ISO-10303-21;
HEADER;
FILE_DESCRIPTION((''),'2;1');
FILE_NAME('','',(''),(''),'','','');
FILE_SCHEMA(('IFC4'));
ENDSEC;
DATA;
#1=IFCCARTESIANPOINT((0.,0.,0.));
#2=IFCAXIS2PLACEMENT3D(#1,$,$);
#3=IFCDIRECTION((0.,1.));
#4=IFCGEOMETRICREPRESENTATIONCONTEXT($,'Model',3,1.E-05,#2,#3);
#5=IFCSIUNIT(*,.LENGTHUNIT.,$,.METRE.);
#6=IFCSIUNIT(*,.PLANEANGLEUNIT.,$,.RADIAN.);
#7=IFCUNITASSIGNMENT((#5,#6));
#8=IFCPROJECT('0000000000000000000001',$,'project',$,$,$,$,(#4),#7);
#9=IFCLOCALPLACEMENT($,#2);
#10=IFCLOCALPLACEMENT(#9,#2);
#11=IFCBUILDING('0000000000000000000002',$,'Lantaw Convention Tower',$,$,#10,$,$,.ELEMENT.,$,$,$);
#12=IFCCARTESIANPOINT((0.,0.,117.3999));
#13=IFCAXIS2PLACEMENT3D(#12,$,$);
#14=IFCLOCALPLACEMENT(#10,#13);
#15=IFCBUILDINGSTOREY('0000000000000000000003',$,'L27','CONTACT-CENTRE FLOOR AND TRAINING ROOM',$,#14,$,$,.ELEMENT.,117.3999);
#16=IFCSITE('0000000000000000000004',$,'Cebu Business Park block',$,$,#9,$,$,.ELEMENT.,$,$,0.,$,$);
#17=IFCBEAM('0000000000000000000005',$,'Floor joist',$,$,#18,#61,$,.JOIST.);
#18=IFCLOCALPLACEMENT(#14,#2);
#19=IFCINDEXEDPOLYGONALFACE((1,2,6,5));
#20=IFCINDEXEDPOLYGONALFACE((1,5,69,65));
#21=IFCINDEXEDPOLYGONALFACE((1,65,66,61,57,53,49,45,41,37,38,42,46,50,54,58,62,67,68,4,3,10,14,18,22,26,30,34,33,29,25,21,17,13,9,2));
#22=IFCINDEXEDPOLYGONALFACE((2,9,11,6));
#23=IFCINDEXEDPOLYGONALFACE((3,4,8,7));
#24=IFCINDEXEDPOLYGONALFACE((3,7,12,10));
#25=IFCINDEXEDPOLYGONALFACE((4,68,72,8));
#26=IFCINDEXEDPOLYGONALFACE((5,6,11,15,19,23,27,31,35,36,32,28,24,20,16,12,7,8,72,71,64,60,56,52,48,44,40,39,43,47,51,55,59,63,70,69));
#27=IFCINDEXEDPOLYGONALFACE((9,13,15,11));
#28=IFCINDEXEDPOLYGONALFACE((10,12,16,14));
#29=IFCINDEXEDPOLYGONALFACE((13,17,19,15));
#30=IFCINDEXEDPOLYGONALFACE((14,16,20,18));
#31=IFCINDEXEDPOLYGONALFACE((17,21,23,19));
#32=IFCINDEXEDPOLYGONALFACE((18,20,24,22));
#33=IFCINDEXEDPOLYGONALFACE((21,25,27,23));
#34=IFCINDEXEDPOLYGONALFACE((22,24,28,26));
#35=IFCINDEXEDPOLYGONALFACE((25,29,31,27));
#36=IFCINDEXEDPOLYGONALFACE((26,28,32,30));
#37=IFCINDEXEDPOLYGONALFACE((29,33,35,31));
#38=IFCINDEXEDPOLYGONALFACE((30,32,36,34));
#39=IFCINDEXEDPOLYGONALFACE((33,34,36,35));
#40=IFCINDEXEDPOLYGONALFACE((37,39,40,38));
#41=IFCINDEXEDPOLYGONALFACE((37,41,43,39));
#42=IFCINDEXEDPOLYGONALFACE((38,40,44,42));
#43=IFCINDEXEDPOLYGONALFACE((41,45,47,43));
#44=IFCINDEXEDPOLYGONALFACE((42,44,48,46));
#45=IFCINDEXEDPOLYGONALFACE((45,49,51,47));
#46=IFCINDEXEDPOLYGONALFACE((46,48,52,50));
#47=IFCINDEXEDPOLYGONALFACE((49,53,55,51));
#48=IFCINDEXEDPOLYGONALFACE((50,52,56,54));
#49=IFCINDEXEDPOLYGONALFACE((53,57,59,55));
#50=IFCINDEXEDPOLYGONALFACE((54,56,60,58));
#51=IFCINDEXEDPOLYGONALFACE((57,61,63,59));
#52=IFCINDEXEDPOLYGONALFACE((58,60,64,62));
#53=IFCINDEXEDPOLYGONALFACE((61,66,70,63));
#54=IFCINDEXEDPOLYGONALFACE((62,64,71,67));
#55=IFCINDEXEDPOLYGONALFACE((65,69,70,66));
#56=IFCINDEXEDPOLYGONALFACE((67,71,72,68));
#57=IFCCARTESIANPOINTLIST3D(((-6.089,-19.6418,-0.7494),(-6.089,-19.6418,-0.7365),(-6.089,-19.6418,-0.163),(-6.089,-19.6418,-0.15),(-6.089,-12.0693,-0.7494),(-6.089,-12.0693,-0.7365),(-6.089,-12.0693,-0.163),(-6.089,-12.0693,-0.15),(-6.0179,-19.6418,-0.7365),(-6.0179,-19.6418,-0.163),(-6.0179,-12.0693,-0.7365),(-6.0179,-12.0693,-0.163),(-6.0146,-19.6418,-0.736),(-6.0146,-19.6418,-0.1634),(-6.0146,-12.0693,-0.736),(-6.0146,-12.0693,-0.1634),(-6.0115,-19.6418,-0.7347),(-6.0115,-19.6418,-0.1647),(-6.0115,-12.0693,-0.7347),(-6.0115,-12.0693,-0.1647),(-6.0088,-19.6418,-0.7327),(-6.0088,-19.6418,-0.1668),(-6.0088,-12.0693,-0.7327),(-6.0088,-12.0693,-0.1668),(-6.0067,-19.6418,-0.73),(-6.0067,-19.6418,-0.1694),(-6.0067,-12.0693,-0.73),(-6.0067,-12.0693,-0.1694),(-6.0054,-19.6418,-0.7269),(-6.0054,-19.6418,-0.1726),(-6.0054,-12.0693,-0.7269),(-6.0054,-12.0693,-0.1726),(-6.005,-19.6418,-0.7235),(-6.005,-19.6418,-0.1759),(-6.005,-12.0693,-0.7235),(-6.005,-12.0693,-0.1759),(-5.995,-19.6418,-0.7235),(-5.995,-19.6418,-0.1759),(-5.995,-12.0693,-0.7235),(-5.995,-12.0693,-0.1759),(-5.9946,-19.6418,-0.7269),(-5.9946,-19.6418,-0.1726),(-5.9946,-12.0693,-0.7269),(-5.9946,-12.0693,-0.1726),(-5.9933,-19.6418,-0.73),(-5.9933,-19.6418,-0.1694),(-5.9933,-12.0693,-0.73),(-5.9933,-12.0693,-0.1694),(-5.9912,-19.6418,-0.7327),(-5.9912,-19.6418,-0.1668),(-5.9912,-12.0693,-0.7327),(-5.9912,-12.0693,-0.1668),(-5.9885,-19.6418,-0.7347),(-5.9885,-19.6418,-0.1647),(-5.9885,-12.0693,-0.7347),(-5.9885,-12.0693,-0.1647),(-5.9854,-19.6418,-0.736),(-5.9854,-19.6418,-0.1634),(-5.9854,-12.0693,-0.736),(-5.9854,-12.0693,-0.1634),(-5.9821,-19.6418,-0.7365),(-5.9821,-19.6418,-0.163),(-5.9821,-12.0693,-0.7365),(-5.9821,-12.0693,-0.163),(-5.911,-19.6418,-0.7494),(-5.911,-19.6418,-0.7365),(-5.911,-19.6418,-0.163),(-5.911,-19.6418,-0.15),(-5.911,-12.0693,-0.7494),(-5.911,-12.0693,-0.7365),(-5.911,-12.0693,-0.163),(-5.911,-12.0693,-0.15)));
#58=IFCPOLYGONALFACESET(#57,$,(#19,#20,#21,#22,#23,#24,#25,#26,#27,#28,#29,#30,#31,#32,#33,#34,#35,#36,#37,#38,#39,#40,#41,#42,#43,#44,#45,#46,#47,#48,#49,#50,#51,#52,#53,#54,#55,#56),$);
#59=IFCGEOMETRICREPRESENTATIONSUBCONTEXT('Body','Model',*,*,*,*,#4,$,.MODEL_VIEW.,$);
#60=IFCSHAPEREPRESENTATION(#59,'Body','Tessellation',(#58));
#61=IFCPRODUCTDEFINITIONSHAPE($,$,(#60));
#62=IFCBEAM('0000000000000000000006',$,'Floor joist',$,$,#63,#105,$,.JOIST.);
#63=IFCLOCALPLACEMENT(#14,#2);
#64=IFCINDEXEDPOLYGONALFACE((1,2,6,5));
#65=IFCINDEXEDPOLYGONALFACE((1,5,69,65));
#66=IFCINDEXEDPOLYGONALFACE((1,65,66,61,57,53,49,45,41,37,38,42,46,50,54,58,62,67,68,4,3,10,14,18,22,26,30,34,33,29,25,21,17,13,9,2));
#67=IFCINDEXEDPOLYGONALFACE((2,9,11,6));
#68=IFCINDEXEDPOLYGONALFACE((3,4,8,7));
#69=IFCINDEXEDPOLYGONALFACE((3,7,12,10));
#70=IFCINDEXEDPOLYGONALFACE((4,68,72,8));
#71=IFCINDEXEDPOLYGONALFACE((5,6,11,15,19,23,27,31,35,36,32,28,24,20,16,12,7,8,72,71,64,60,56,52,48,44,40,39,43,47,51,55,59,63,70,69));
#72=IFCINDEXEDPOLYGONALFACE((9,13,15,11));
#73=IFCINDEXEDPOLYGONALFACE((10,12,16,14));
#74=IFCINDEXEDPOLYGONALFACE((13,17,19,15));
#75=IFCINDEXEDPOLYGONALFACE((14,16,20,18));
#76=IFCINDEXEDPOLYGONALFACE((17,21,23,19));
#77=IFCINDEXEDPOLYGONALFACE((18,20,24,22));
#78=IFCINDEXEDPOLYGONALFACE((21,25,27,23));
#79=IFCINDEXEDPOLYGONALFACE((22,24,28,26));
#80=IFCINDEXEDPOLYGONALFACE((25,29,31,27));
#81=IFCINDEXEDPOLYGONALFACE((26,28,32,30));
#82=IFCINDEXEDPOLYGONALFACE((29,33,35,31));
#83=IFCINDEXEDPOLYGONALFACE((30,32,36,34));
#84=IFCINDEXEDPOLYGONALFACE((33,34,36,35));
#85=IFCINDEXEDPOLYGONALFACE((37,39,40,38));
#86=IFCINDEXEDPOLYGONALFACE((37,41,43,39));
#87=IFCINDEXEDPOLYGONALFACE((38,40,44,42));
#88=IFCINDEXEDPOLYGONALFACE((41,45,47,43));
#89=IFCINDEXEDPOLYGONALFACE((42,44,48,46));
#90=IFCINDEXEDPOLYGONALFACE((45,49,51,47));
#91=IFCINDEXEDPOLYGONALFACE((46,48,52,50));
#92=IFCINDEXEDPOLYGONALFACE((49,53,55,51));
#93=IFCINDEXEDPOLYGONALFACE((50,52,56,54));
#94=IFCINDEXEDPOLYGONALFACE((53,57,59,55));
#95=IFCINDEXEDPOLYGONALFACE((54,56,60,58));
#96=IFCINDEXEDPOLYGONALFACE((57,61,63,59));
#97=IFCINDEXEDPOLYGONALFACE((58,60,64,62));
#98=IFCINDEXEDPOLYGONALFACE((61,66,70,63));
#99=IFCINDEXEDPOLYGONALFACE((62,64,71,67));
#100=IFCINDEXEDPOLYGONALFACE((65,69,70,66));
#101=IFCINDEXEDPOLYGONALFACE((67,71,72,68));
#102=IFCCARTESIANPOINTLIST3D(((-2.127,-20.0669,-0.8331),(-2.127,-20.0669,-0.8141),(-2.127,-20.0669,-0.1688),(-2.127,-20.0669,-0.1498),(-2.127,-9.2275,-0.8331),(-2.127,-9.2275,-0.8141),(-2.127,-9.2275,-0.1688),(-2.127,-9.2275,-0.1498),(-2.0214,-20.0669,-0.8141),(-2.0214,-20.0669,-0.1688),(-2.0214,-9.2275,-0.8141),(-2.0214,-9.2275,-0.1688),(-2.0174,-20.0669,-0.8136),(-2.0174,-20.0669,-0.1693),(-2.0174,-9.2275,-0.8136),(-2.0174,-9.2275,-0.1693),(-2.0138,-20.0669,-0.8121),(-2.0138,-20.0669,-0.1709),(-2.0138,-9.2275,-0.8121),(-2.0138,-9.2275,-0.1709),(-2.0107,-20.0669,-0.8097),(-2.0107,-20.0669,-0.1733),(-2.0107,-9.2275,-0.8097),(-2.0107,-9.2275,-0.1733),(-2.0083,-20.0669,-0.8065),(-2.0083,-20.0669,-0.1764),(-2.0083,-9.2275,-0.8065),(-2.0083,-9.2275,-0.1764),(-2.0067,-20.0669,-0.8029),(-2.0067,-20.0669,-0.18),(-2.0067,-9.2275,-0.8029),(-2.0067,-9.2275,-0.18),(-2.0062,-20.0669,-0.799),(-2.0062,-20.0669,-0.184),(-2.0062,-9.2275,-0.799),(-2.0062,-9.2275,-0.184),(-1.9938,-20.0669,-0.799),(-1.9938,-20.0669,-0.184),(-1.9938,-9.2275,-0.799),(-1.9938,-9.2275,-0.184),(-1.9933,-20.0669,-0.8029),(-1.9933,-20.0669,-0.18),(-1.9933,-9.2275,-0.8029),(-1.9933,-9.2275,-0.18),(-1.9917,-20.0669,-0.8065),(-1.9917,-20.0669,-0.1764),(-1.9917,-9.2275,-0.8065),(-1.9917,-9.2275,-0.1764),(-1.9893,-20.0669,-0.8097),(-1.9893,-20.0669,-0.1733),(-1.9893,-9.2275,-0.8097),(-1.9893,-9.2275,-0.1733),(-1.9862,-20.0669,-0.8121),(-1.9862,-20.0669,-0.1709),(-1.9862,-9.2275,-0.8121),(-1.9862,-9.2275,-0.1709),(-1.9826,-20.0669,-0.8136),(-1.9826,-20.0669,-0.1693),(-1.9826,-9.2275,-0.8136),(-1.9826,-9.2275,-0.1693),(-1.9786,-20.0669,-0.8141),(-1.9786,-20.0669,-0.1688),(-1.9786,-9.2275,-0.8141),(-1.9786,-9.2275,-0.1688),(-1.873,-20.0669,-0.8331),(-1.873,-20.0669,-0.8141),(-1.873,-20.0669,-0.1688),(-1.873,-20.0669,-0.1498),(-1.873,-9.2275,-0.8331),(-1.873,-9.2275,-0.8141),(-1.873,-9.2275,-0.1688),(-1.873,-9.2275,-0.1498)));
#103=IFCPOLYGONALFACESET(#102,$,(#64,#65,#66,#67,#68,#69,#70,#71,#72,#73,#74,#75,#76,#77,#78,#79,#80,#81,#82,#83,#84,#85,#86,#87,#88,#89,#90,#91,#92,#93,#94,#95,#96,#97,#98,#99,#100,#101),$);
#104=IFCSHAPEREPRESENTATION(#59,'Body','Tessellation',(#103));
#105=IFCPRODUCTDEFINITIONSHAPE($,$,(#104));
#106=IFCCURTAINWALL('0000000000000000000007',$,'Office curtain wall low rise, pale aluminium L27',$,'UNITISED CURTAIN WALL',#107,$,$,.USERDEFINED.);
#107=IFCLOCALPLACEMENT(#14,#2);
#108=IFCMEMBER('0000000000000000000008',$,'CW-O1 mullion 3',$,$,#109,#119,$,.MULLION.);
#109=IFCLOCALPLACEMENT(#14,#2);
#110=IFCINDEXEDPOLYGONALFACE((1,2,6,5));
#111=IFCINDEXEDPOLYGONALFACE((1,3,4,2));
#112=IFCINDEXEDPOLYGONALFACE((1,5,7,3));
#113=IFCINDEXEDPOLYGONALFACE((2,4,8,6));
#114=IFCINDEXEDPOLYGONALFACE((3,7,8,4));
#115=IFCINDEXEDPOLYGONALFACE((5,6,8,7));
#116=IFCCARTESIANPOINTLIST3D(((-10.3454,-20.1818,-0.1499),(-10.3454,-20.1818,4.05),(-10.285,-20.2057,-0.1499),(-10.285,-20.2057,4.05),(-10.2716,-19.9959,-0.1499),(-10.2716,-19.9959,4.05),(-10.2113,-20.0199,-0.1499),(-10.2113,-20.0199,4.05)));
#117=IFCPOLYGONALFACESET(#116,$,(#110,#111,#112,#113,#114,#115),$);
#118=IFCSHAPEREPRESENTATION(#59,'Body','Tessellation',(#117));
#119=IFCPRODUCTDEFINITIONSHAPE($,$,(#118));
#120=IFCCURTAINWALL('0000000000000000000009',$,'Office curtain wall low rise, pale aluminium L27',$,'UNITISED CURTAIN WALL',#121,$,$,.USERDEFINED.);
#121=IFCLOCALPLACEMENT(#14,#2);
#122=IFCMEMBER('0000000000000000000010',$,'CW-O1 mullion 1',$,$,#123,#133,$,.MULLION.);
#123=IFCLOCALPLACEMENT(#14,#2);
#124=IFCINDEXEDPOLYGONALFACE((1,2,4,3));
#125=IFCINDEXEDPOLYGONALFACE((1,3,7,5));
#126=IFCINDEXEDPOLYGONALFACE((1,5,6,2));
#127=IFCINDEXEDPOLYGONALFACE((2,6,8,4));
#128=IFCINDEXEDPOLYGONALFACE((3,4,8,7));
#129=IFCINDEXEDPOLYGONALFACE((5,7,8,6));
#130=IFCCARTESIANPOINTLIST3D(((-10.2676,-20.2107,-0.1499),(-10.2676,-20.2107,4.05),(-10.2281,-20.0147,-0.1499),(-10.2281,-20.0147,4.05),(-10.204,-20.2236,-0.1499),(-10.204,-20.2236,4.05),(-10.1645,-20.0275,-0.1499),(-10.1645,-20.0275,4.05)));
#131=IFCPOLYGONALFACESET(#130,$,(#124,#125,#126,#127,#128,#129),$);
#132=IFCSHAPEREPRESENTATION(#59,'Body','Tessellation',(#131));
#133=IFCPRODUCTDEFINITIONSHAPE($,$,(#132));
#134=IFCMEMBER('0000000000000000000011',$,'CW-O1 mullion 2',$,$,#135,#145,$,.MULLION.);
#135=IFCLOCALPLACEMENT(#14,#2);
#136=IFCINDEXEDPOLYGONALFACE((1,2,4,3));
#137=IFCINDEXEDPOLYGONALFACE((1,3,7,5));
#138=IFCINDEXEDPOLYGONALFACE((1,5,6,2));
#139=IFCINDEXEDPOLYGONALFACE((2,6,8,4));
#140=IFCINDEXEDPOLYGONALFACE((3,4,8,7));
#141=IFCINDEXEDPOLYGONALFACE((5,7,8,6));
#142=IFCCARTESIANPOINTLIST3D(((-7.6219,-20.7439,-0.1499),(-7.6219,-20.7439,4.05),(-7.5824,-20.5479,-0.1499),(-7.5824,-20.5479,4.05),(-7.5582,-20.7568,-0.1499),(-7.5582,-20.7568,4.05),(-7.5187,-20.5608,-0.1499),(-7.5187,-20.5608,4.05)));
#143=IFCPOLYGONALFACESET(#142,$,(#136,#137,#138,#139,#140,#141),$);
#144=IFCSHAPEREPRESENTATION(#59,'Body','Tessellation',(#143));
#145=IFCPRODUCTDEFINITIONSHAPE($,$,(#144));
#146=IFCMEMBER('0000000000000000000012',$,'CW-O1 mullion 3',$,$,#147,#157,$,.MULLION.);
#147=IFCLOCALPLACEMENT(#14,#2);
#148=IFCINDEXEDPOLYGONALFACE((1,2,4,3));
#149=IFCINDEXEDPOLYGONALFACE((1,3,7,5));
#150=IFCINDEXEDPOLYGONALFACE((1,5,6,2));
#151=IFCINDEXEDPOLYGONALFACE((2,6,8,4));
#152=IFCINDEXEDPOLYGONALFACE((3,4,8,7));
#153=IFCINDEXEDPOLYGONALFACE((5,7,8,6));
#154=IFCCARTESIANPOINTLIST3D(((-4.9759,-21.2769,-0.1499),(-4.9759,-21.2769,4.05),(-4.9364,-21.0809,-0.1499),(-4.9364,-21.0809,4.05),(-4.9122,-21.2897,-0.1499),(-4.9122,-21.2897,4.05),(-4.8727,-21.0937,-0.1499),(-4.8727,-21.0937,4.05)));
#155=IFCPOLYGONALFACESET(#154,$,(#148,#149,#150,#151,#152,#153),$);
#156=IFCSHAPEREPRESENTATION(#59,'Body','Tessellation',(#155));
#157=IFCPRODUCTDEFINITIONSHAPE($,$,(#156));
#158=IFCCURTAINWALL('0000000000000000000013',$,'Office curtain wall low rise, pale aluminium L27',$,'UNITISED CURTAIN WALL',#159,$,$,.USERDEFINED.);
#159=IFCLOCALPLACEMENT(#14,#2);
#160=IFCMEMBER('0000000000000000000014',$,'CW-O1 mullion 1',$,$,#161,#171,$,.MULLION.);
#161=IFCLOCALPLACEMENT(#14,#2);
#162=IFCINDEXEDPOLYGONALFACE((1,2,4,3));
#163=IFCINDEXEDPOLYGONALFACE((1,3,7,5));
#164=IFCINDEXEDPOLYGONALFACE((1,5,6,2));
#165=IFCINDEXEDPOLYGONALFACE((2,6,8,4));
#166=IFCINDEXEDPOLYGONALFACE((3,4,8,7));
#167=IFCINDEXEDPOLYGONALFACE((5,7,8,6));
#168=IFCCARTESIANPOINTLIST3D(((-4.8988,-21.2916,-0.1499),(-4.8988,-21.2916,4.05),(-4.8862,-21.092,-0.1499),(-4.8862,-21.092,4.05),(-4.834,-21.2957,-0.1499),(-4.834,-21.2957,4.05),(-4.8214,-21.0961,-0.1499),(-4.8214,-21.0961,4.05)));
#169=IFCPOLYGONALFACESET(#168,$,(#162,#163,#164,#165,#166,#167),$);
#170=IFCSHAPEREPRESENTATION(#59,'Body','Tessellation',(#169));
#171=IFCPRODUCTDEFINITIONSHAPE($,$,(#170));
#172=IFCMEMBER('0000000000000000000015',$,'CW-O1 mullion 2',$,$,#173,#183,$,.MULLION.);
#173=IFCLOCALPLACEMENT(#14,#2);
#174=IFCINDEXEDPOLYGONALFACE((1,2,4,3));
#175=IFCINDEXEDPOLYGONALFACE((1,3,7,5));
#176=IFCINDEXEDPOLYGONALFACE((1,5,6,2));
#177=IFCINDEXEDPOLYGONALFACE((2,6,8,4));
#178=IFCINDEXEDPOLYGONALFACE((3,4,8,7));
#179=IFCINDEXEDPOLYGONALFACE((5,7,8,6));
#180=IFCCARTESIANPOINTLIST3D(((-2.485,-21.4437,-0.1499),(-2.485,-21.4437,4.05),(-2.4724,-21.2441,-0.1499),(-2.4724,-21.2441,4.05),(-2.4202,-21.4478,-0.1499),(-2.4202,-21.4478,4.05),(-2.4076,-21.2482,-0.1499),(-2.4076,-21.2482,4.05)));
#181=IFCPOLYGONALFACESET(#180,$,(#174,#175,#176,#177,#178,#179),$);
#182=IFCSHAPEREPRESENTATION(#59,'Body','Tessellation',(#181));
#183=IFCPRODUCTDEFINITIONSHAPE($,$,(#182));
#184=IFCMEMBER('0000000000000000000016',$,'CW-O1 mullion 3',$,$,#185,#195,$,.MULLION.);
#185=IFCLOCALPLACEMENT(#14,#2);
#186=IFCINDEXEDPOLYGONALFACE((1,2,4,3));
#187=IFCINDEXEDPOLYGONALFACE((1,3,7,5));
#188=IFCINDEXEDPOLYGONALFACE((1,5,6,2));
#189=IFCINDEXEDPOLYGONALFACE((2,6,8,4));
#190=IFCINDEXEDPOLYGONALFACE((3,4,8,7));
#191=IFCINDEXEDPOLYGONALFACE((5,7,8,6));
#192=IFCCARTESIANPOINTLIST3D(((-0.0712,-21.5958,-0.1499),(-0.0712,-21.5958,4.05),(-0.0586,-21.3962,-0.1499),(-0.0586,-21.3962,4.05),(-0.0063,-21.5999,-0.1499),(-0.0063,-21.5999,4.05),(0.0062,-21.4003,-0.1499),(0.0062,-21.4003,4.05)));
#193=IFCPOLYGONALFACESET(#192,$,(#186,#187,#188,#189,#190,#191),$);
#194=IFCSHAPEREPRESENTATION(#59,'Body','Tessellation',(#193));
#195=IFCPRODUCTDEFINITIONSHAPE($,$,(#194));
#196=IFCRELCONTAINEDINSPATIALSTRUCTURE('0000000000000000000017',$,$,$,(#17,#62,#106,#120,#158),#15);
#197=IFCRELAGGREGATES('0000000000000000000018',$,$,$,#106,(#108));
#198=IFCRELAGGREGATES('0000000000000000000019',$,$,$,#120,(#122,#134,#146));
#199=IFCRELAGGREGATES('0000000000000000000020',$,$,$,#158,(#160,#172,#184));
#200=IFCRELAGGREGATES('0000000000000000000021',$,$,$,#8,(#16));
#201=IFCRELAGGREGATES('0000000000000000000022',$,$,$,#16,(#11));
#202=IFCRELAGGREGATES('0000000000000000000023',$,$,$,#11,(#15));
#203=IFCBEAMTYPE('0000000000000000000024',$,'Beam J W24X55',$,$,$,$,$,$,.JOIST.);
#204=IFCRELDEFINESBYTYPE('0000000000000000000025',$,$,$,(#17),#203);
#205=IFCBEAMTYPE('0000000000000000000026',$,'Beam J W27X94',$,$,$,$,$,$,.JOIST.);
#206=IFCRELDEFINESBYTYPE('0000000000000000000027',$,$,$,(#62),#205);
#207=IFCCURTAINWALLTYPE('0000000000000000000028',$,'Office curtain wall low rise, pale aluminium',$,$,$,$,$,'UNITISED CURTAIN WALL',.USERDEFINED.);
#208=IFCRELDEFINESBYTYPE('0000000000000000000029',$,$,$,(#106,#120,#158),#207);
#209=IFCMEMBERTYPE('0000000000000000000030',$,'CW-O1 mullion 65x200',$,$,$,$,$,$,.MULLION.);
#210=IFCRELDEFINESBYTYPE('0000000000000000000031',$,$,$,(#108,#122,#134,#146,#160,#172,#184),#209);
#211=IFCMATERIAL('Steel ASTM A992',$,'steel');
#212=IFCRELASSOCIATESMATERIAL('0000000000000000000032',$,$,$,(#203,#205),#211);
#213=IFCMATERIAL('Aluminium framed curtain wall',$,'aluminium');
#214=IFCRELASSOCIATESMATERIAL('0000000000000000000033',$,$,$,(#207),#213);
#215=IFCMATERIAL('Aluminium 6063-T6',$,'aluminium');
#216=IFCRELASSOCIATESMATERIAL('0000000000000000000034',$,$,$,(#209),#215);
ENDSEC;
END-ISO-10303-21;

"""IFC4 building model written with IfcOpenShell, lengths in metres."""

from ifc_helpers import new_model, si_unit, direction, frame, origin, origin_2d, place, context, subcontext, project, spatial, rectangle, i_section, extrude, material, material_profile, profile_set, type_object, element, aggregate, save


model = new_model("IFC4")

# Units and contexts
model_context = context("Model", 3, precision=1e-05, world=origin(), true_north=direction((0.0, 1.0)))
body_context = subcontext(model_context, "Body", "Model", "MODEL_VIEW")
ifc_project = project(units=[si_unit("LENGTHUNIT", "METRE"), si_unit("PLANEANGLEUNIT", "RADIAN")], contexts=[model_context])

# Site, building, storey
site_placement = place(None, origin())
site = spatial("IfcSite", under=ifc_project, at=site_placement, Name="Cebu Business Park block", CompositionType="ELEMENT", RefElevation=0.0)
building_placement = place(site_placement, origin())
building = spatial("IfcBuilding", under=site, at=building_placement, Name="Lantaw Convention Tower", CompositionType="ELEMENT")
storey_placement = place(building_placement, frame((0.0, 0.0, 117.3999)))
storey = spatial("IfcBuildingStorey", under=building, at=storey_placement, Name="L27", Description="CONTACT-CENTRE FLOOR AND TRAINING ROOM", CompositionType="ELEMENT", Elevation=117.3999)

# Beams
ifc_material_1 = material(Name="Steel ASTM A992", Category="steel")
ifc_material_profile_1 = material_profile(ifc_material_1, i_section(OverallWidth=0.178, OverallDepth=0.5994, WebThickness=0.01, FlangeThickness=0.0129, FilletRadius=0.0129, at=origin_2d()), Name="W24X55")
ifc_profile_set_1 = profile_set([ifc_material_profile_1], Name="Steel ASTM A992")
beam_type_1 = type_object("IfcBeamType", Name="Beam J W24X55", PredefinedType="JOIST", material=ifc_profile_set_1)
beam_1_placement = place(storey_placement, frame((-6.0, -19.6418, -0.4497), z_axis=(0.0, 1.0, 0.0), x_axis=(-1.0, 0.0, 0.0)))
element("IfcBeam", 1, at=beam_1_placement, inside=storey, type_object=beam_type_1, Name="Floor joist", PredefinedType="JOIST", context=body_context, shape_type="SweptSolid", body=[
    extrude(i_section(OverallWidth=0.178, OverallDepth=0.5994, WebThickness=0.01, FlangeThickness=0.0129, FilletRadius=0.0129, at=origin_2d()), origin(), (0.0, 0.0, 1.0), 7.5725),
])
ifc_material_profile_2 = material_profile(ifc_material_1, i_section(OverallWidth=0.2539, OverallDepth=0.6833, WebThickness=0.0125, FlangeThickness=0.019, FilletRadius=0.0151, at=origin_2d()), Name="W27X94")
ifc_profile_set_2 = profile_set([ifc_material_profile_2], Name="Steel ASTM A992")
beam_type_2 = type_object("IfcBeamType", Name="Beam J W27X94", PredefinedType="JOIST", material=ifc_profile_set_2)
beam_2_placement = place(storey_placement, frame((-2.0, -20.0669, -0.4915), z_axis=(0.0, 1.0, 0.0), x_axis=(-1.0, 0.0, 0.0)))
element("IfcBeam", 2, at=beam_2_placement, inside=storey, type_object=beam_type_2, Name="Floor joist", PredefinedType="JOIST", context=body_context, shape_type="SweptSolid", body=[
    extrude(i_section(OverallWidth=0.2539, OverallDepth=0.6833, WebThickness=0.0125, FlangeThickness=0.019, FilletRadius=0.0151, at=origin_2d()), origin(), (0.0, 0.0, 1.0), 10.8394),
])

# Curtain wall, member
ifc_material_2 = material(Name="Aluminium framed curtain wall", Category="aluminium")
curtain_wall_type = type_object("IfcCurtainWallType", Name="Office curtain wall low rise, pale aluminium", ElementType="UNITISED CURTAIN WALL", PredefinedType="USERDEFINED", material=ifc_material_2)
curtain_wall_1_placement = place(storey_placement, origin())
curtain_wall_1 = element("IfcCurtainWall", 3, at=curtain_wall_1_placement, inside=storey, type_object=curtain_wall_type, Name="Office curtain wall low rise, pale aluminium L27", ObjectType="UNITISED CURTAIN WALL", PredefinedType="USERDEFINED")
ifc_material_3 = material(Name="Aluminium 6063-T6", Category="aluminium")
ifc_material_profile_3 = material_profile(ifc_material_3, rectangle(XDim=0.2, YDim=0.0649, at=origin_2d()), Name="CW-O1 mullion 65x200")
ifc_profile_set_3 = profile_set([ifc_material_profile_3], Name="Aluminium 6063-T6")
member_type_1 = type_object("IfcMemberType", Name="CW-O1 mullion 65x200", PredefinedType="MULLION", material=ifc_profile_set_3)
member_1_placement = place(storey_placement, frame((-10.2783, -20.1008, -0.1499), z_axis=(0.0, 0.0, 1.0), x_axis=(0.368702, 0.929548, 0.0)))
member_1 = element("IfcMember", 4, at=member_1_placement, type_object=member_type_1, Name="CW-O1 mullion 3", PredefinedType="MULLION", context=body_context, shape_type="SweptSolid", body=[
    extrude(rectangle(XDim=0.2, YDim=0.0649, at=origin_2d()), origin(), (0.0, 0.0, 1.0), 4.2),
])

# Curtain walls, members
curtain_wall_2_placement = place(storey_placement, origin())
curtain_wall_2 = element("IfcCurtainWall", 5, at=curtain_wall_2_placement, inside=storey, type_object=curtain_wall_type, Name="Office curtain wall low rise, pale aluminium L27", ObjectType="UNITISED CURTAIN WALL", PredefinedType="USERDEFINED")
member_2_placement = place(storey_placement, frame((-10.2161, -20.1191, -0.1499), z_axis=(0.0, 0.0, 1.0), x_axis=(0.197507, 0.980302, 0.0)))
member_2 = element("IfcMember", 6, at=member_2_placement, type_object=member_type_1, Name="CW-O1 mullion 1", PredefinedType="MULLION", context=body_context, shape_type="SweptSolid", body=[
    extrude(rectangle(XDim=0.2, YDim=0.0649, at=origin_2d()), origin(), (0.0, 0.0, 1.0), 4.2),
])
member_3_placement = place(storey_placement, frame((-7.5703, -20.6523, -0.1499), z_axis=(0.0, 0.0, 1.0), x_axis=(0.197507, 0.980302, 0.0)))
member_3 = element("IfcMember", 7, at=member_3_placement, type_object=member_type_1, Name="CW-O1 mullion 2", PredefinedType="MULLION", context=body_context, shape_type="SweptSolid", body=[
    extrude(rectangle(XDim=0.2, YDim=0.0649, at=origin_2d()), origin(), (0.0, 0.0, 1.0), 4.2),
])
member_4_placement = place(storey_placement, frame((-4.9243, -21.1853, -0.1499), z_axis=(0.0, 0.0, 1.0), x_axis=(0.197507, 0.980302, 0.0)))
member_4 = element("IfcMember", 8, at=member_4_placement, type_object=member_type_1, Name="CW-O1 mullion 3", PredefinedType="MULLION", context=body_context, shape_type="SweptSolid", body=[
    extrude(rectangle(XDim=0.2, YDim=0.0649, at=origin_2d()), origin(), (0.0, 0.0, 1.0), 4.2),
])
curtain_wall_3_placement = place(storey_placement, origin())
curtain_wall_3 = element("IfcCurtainWall", 9, at=curtain_wall_3_placement, inside=storey, type_object=curtain_wall_type, Name="Office curtain wall low rise, pale aluminium L27", ObjectType="UNITISED CURTAIN WALL", PredefinedType="USERDEFINED")
member_5_placement = place(storey_placement, frame((-4.8601, -21.1938, -0.1499), z_axis=(0.0, 0.0, 1.0), x_axis=(0.062865, 0.998022, 0.0)))
member_5 = element("IfcMember", 10, at=member_5_placement, type_object=member_type_1, Name="CW-O1 mullion 1", PredefinedType="MULLION", context=body_context, shape_type="SweptSolid", body=[
    extrude(rectangle(XDim=0.2, YDim=0.0649, at=origin_2d()), origin(), (0.0, 0.0, 1.0), 4.2),
])
member_6_placement = place(storey_placement, frame((-2.4463, -21.3459, -0.1499), z_axis=(0.0, 0.0, 1.0), x_axis=(0.062865, 0.998022, 0.0)))
member_6 = element("IfcMember", 11, at=member_6_placement, type_object=member_type_1, Name="CW-O1 mullion 2", PredefinedType="MULLION", context=body_context, shape_type="SweptSolid", body=[
    extrude(rectangle(XDim=0.2, YDim=0.0649, at=origin_2d()), origin(), (0.0, 0.0, 1.0), 4.2),
])
member_7_placement = place(storey_placement, frame((-0.0325, -21.498, -0.1499), z_axis=(0.0, 0.0, 1.0), x_axis=(0.062865, 0.998022, 0.0)))
member_7 = element("IfcMember", 12, at=member_7_placement, type_object=member_type_1, Name="CW-O1 mullion 3", PredefinedType="MULLION", context=body_context, shape_type="SweptSolid", body=[
    extrude(rectangle(XDim=0.2, YDim=0.0649, at=origin_2d()), origin(), (0.0, 0.0, 1.0), 4.2),
])

aggregate(curtain_wall_1, [member_1])
aggregate(curtain_wall_2, [member_2, member_3, member_4])
aggregate(curtain_wall_3, [member_5, member_6, member_7])

save(model, "model.ifc")
